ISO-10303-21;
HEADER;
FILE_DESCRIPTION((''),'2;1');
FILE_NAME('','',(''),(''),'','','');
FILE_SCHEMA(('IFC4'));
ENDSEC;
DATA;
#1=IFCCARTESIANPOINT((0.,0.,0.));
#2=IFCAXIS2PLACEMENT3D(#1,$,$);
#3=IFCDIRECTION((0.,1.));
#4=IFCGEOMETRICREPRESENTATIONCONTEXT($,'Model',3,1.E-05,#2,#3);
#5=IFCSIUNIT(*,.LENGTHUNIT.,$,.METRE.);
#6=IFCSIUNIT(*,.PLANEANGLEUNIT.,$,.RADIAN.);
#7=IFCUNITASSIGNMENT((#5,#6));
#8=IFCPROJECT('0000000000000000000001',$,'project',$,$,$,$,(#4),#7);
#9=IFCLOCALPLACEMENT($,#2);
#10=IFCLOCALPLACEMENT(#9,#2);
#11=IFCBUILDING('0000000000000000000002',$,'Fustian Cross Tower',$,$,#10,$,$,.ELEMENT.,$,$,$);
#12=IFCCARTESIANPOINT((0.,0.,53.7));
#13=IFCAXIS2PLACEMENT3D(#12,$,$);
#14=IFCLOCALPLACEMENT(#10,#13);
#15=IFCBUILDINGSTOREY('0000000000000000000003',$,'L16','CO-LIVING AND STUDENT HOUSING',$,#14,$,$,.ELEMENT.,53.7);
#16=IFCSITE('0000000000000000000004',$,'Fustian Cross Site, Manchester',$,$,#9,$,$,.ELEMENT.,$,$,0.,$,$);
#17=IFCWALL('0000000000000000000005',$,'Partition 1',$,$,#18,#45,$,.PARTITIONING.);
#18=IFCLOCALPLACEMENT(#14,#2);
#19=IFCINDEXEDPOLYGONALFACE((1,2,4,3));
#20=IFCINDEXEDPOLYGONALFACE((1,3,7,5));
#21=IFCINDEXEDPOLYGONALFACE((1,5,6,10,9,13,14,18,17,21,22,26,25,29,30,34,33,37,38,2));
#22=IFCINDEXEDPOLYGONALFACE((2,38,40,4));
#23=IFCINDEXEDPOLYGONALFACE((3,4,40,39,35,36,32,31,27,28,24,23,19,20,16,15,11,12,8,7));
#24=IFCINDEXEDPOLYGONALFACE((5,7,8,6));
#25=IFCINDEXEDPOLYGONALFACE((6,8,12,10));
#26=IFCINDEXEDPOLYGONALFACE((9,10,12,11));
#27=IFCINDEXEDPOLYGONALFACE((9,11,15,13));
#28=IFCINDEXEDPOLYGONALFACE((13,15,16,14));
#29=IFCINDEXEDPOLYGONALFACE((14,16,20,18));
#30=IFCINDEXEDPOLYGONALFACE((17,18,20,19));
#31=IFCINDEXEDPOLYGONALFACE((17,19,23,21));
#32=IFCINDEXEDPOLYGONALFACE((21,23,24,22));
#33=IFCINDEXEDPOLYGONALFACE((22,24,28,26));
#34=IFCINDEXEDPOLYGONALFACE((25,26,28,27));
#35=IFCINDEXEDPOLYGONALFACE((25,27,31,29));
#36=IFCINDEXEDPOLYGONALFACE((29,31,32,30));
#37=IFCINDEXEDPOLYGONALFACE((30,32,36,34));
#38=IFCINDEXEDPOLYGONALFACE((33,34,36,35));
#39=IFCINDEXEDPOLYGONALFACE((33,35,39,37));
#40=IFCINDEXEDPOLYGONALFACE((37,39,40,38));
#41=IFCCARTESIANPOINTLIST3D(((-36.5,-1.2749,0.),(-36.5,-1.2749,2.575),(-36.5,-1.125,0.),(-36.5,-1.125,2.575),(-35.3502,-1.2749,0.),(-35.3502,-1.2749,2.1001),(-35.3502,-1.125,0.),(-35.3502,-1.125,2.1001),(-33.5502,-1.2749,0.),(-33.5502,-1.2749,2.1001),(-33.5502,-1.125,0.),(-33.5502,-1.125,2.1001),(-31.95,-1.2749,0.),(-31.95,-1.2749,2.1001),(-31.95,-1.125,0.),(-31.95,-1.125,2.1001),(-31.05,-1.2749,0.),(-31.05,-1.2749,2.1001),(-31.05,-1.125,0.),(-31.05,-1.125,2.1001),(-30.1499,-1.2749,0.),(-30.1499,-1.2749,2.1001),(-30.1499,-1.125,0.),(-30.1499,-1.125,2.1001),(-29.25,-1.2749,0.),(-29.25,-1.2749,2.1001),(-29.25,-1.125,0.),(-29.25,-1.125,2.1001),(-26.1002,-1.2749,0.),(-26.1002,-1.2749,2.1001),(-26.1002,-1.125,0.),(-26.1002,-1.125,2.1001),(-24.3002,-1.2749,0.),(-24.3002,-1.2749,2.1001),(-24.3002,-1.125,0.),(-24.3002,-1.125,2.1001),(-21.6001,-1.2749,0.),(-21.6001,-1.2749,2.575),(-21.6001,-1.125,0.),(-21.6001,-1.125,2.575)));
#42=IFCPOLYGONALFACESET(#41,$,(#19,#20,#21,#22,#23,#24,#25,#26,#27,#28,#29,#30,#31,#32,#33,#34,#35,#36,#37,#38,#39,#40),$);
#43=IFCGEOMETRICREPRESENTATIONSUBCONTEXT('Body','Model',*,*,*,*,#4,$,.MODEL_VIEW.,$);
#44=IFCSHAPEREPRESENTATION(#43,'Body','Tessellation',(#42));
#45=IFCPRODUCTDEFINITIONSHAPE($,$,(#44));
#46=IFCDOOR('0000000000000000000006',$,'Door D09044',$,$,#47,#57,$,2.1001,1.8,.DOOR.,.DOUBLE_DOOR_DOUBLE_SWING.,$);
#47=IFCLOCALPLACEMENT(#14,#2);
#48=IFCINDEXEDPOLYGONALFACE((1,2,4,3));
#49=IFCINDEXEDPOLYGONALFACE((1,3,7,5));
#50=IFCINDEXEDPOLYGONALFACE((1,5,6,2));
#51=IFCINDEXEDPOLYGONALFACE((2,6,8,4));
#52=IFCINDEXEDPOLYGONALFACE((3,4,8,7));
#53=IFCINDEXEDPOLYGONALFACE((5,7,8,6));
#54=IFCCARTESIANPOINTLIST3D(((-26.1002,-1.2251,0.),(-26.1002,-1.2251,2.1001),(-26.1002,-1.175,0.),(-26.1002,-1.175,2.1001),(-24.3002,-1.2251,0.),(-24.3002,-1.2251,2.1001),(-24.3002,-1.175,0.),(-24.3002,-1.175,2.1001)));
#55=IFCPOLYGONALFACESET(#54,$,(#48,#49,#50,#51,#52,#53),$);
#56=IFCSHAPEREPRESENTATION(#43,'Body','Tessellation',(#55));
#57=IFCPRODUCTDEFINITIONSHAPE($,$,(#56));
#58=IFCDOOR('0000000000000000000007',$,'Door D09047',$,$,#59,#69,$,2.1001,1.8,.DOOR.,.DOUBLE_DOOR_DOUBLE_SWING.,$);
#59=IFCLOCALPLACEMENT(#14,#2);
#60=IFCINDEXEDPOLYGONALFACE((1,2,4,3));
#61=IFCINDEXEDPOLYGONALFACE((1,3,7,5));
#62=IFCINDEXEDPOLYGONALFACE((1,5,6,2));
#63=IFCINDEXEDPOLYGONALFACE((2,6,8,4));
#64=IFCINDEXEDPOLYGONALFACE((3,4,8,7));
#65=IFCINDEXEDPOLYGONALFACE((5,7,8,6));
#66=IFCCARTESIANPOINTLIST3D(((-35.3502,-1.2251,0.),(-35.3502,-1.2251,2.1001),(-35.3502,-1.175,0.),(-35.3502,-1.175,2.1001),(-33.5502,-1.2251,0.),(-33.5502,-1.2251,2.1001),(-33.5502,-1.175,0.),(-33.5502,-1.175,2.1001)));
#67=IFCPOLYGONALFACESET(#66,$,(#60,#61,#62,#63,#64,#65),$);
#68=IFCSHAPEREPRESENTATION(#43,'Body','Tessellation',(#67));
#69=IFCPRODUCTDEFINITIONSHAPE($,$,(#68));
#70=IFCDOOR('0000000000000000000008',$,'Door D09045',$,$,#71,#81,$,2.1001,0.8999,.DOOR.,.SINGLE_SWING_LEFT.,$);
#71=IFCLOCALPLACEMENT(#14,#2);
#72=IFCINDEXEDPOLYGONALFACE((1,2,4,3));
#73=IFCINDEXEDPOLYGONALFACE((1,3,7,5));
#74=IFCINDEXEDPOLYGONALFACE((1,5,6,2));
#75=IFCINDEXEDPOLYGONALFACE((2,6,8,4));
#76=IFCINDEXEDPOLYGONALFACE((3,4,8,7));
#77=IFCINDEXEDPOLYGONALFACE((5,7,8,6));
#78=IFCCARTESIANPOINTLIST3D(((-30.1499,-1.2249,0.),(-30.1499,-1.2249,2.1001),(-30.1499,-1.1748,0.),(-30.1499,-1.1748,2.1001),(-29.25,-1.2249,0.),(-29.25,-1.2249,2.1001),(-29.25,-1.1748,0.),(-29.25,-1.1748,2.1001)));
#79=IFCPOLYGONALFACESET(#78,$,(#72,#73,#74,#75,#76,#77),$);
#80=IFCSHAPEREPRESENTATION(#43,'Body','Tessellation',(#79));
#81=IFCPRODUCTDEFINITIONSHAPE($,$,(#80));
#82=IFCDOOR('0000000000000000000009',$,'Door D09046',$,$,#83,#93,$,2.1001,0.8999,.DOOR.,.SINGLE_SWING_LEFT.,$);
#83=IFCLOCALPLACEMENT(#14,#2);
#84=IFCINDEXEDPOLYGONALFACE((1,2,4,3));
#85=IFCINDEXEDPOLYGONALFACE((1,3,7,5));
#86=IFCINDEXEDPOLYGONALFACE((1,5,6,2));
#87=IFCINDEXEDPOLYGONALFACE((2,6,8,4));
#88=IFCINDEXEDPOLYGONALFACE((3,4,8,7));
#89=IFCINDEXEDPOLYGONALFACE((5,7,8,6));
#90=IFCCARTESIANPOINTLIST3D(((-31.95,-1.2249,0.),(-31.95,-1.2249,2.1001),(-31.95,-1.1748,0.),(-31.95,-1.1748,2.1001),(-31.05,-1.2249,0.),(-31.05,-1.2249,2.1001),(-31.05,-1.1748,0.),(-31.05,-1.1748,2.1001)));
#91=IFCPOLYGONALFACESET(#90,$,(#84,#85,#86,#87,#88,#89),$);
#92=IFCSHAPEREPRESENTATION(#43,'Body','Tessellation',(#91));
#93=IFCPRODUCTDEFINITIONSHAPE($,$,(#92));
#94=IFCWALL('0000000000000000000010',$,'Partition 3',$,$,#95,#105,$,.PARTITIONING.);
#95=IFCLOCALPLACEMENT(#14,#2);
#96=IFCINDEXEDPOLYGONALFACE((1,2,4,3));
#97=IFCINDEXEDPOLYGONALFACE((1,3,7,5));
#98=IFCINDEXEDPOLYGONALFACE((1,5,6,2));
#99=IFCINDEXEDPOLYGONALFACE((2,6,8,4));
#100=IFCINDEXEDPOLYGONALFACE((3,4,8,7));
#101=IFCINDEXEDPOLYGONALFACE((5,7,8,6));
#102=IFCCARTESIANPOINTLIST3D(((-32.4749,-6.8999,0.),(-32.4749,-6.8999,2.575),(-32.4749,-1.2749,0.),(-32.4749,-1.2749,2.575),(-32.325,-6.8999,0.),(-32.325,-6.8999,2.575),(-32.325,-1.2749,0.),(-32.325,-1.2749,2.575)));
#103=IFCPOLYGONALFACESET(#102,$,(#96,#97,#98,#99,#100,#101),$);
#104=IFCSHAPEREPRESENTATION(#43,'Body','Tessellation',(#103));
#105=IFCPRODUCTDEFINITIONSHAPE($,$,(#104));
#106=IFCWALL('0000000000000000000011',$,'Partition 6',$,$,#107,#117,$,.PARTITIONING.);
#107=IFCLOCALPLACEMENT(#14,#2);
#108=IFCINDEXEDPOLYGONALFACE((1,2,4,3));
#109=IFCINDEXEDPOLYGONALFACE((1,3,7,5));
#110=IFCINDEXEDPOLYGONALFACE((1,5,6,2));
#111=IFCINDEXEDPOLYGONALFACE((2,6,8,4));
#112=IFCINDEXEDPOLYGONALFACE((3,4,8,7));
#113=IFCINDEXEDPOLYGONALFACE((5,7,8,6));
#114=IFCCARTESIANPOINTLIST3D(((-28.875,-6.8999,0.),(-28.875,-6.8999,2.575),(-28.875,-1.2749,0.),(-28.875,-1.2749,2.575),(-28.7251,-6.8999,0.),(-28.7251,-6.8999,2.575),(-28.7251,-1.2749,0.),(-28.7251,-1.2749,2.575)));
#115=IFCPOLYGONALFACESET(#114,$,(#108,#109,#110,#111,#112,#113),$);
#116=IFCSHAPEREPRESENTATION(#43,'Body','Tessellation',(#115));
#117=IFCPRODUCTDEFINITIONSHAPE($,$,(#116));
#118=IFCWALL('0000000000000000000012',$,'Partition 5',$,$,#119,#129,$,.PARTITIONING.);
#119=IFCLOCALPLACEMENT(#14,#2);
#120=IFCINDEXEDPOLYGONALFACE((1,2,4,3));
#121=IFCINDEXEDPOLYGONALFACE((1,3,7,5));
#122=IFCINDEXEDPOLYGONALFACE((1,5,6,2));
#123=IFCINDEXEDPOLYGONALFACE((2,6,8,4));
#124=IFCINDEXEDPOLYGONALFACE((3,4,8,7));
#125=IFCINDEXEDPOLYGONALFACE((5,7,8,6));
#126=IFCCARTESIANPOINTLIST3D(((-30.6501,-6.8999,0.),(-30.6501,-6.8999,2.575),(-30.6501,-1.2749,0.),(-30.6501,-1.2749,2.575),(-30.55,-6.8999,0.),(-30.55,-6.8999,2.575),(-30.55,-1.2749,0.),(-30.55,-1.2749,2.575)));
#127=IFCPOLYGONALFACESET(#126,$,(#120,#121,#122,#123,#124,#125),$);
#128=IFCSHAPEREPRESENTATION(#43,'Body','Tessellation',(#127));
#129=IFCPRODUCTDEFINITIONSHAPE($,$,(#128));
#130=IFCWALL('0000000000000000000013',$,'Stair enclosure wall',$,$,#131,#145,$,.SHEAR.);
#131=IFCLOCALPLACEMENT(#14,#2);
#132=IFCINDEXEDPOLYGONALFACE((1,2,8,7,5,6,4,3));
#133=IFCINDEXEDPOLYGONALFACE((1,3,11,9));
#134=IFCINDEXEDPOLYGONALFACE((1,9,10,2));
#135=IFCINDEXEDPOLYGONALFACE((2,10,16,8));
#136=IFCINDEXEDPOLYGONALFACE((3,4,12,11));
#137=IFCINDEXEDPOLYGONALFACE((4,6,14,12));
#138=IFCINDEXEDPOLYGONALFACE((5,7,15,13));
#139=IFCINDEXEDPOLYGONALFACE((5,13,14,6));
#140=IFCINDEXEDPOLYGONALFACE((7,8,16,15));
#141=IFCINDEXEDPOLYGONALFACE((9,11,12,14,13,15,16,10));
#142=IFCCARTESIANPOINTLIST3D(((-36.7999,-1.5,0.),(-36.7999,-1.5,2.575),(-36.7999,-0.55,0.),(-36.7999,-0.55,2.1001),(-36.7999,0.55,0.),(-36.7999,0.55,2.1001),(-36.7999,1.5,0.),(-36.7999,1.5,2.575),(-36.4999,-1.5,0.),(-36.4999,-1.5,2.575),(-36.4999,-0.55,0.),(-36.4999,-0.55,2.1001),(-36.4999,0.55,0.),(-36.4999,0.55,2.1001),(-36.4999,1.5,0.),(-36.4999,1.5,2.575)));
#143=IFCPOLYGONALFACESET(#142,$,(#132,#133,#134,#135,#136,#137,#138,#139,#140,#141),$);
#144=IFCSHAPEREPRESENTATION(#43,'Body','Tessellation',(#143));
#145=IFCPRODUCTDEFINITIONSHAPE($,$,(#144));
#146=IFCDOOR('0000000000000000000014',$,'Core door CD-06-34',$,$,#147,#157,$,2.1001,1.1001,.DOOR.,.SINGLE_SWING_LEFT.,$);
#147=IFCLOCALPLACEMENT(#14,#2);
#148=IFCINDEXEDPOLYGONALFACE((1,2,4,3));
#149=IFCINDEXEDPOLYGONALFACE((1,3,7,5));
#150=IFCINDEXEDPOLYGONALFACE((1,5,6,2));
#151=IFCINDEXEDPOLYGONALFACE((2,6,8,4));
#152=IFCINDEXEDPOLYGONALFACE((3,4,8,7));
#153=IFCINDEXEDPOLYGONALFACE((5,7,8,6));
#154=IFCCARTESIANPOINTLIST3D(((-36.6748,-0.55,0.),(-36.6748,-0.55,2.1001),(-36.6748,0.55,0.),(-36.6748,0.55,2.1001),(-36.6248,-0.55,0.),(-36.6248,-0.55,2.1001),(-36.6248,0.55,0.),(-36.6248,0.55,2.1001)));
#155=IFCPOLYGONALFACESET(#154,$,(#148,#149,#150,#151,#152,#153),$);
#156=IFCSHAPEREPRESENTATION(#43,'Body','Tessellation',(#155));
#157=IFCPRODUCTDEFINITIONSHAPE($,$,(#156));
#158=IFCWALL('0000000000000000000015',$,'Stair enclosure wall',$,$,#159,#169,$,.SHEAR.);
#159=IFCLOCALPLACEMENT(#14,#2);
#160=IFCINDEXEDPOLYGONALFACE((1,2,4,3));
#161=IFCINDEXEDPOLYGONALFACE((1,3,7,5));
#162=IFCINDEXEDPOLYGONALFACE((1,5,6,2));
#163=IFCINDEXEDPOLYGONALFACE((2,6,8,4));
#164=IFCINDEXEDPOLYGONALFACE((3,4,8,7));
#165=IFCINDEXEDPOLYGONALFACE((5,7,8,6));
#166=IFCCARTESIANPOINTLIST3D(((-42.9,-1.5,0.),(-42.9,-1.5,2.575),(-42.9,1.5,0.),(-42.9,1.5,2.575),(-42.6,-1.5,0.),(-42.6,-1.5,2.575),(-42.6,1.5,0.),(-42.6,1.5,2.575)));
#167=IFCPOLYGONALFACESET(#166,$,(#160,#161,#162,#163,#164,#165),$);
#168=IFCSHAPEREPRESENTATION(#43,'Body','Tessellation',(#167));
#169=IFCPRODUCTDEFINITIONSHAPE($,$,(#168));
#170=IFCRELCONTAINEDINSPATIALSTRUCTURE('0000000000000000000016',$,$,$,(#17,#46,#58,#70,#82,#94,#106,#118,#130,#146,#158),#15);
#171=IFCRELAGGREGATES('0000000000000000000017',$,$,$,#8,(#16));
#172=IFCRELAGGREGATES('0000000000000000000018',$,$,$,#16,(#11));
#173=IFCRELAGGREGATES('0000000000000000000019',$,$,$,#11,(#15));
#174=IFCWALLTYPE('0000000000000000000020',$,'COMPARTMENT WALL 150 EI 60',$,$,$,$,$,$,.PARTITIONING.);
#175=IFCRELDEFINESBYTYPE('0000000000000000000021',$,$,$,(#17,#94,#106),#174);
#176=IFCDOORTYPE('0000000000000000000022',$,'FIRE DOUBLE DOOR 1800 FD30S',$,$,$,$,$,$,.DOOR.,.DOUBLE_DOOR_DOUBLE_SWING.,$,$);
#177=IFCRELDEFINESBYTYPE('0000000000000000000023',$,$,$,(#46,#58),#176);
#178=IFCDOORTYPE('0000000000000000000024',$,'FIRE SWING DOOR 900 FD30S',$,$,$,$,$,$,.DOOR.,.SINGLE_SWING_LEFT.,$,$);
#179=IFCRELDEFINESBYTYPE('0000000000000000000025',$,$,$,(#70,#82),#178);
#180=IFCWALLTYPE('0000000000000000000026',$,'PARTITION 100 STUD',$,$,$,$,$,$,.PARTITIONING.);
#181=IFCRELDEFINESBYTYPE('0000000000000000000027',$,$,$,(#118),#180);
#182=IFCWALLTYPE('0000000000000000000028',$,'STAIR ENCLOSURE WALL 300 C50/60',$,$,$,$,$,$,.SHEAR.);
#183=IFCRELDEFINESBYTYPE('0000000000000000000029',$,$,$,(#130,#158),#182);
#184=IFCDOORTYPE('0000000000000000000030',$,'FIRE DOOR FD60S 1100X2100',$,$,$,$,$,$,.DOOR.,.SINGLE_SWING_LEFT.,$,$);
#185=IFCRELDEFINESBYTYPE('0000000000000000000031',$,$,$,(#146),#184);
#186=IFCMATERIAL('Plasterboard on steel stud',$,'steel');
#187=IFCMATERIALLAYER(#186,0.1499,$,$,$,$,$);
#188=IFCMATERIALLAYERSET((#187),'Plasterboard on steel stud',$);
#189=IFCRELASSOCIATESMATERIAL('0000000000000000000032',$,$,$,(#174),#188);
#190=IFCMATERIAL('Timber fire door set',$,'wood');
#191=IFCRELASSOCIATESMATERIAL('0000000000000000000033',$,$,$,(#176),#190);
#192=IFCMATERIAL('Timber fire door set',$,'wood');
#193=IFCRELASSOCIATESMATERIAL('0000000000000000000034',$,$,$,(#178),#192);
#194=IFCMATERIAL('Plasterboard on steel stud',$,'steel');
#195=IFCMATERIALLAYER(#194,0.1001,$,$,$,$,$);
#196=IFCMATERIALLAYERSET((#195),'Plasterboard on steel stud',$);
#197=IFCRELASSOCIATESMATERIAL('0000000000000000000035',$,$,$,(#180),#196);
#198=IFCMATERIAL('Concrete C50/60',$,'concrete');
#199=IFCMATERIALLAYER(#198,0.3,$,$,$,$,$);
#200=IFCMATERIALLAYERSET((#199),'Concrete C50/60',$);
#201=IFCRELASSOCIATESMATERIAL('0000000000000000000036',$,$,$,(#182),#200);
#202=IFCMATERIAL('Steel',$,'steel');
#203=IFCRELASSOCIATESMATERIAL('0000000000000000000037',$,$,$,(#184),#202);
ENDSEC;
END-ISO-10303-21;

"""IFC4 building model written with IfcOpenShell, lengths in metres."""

from ifc_helpers import new_model, si_unit, direction, frame, frame_2d, origin, place, context, subcontext, project, spatial, rectangle, extrude, material, layer, layer_set, type_object, element, fill, save


model = new_model("IFC4")

# Units and contexts
model_context = context("Model", 3, precision=1e-05, world=origin(), true_north=direction((0.0, 1.0)))
body_context = subcontext(model_context, "Body", "Model", "MODEL_VIEW")
ifc_project = project(units=[si_unit("LENGTHUNIT", "METRE"), si_unit("PLANEANGLEUNIT", "RADIAN")], contexts=[model_context])

# Site, building, storey
site_placement = place(None, origin())
site = spatial("IfcSite", under=ifc_project, at=site_placement, Name="Fustian Cross Site, Manchester", CompositionType="ELEMENT", RefElevation=0.0)
building_placement = place(site_placement, origin())
building = spatial("IfcBuilding", under=site, at=building_placement, Name="Fustian Cross Tower", CompositionType="ELEMENT")
storey_placement = place(building_placement, frame((0.0, 0.0, 53.7)))
storey = spatial("IfcBuildingStorey", under=building, at=storey_placement, Name="L16", Description="CO-LIVING AND STUDENT HOUSING", CompositionType="ELEMENT", Elevation=53.7)

# Wall, openings, doors
ifc_material_1 = material(Name="Plasterboard on steel stud", Category="steel")
ifc_layer_1 = layer(ifc_material_1, 0.1499)
ifc_layer_set_1 = layer_set([ifc_layer_1], Name="Plasterboard on steel stud")
wall_type_1 = type_object("IfcWallType", Name="COMPARTMENT WALL 150 EI 60", PredefinedType="PARTITIONING", material=ifc_layer_set_1)
wall_1_placement = place(storey_placement, frame((-36.5, -1.2, 0.0), z_axis=(0.0, 0.0, 1.0), x_axis=(1.0, 0.0, 0.0)))
wall_1 = element("IfcWall", 1, at=wall_1_placement, inside=storey, type_object=wall_type_1, Name="Partition 1", PredefinedType="PARTITIONING", context=body_context, shape_type="SweptSolid", body=[
    extrude(rectangle(XDim=14.8999, YDim=0.1499, at=frame_2d((7.45, 0.0))), origin(), (0.0, 0.0, 1.0), 2.575),
])
opening_1_placement = place(wall_1_placement, frame((10.3999, 0.0, 0.0)))
opening_1 = element("IfcOpeningElement", 2, at=opening_1_placement, cuts=wall_1, PredefinedType="OPENING", context=body_context, shape_type="SweptSolid", body=[
    extrude(rectangle(XDim=1.8, YDim=2.1001, at=frame_2d((0.8999, 1.05))), frame((0.0, 0.085, 0.0), z_axis=(0.0, -1.0, 0.0), x_axis=(1.0, 0.0, 0.0)), (0.0, 0.0, 1.0), 0.1699),
])
opening_2_placement = place(wall_1_placement, frame((6.3501, 0.0, 0.0)))
opening_2 = element("IfcOpeningElement", 3, at=opening_2_placement, cuts=wall_1, PredefinedType="OPENING", context=body_context, shape_type="SweptSolid", body=[
    extrude(rectangle(XDim=0.8999, YDim=2.1001, at=frame_2d((0.45, 1.05))), frame((0.0, 0.085, 0.0), z_axis=(0.0, -1.0, 0.0), x_axis=(1.0, 0.0, 0.0)), (0.0, 0.0, 1.0), 0.1699),
])
opening_3_placement = place(wall_1_placement, frame((4.55, 0.0, 0.0)))
opening_3 = element("IfcOpeningElement", 4, at=opening_3_placement, cuts=wall_1, PredefinedType="OPENING", context=body_context, shape_type="SweptSolid", body=[
    extrude(rectangle(XDim=0.8999, YDim=2.1001, at=frame_2d((0.45, 1.05))), frame((0.0, 0.085, 0.0), z_axis=(0.0, -1.0, 0.0), x_axis=(1.0, 0.0, 0.0)), (0.0, 0.0, 1.0), 0.1699),
])
opening_4_placement = place(wall_1_placement, frame((1.1499, 0.0, 0.0)))
opening_4 = element("IfcOpeningElement", 5, at=opening_4_placement, cuts=wall_1, PredefinedType="OPENING", context=body_context, shape_type="SweptSolid", body=[
    extrude(rectangle(XDim=1.8, YDim=2.1001, at=frame_2d((0.8999, 1.05))), frame((0.0, 0.085, 0.0), z_axis=(0.0, -1.0, 0.0), x_axis=(1.0, 0.0, 0.0)), (0.0, 0.0, 1.0), 0.1699),
])
ifc_material_2 = material(Name="Timber fire door set", Category="wood")
door_type_1 = type_object("IfcDoorType", Name="FIRE DOUBLE DOOR 1800 FD30S", OperationType="DOUBLE_DOOR_DOUBLE_SWING", PredefinedType="DOOR", material=ifc_material_2)
door_1_placement = place(opening_1_placement, origin())
door_1 = element("IfcDoor", 6, at=door_1_placement, inside=storey, type_object=door_type_1, Name="Door D09044", OperationType="DOUBLE_DOOR_DOUBLE_SWING", OverallHeight=2.1001, OverallWidth=1.8, PredefinedType="DOOR", context=body_context, shape_type="SweptSolid", body=[
    extrude(rectangle(XDim=1.8, YDim=2.1001, at=frame_2d((0.8999, 1.05))), frame((0.0, 0.0249, 0.0), z_axis=(0.0, -1.0, 0.0), x_axis=(1.0, 0.0, 0.0)), (0.0, 0.0, 1.0), 0.05),
])
fill(opening_1, door_1)
door_2_placement = place(opening_4_placement, origin())
door_2 = element("IfcDoor", 7, at=door_2_placement, inside=storey, type_object=door_type_1, Name="Door D09047", OperationType="DOUBLE_DOOR_DOUBLE_SWING", OverallHeight=2.1001, OverallWidth=1.8, PredefinedType="DOOR", context=body_context, shape_type="SweptSolid", body=[
    extrude(rectangle(XDim=1.8, YDim=2.1001, at=frame_2d((0.8999, 1.05))), frame((0.0, 0.0249, 0.0), z_axis=(0.0, -1.0, 0.0), x_axis=(1.0, 0.0, 0.0)), (0.0, 0.0, 1.0), 0.05),
])
fill(opening_4, door_2)
ifc_material_3 = material(Name="Timber fire door set", Category="wood")
door_type_2 = type_object("IfcDoorType", Name="FIRE SWING DOOR 900 FD30S", OperationType="SINGLE_SWING_LEFT", PredefinedType="DOOR", material=ifc_material_3)
door_3_placement = place(opening_2_placement, frame((0.8999, 0.0, 0.0), z_axis=(0.0, 0.0, 1.0), x_axis=(-1.0, 0.0, 0.0)))
door_3 = element("IfcDoor", 8, at=door_3_placement, inside=storey, type_object=door_type_2, Name="Door D09045", OperationType="SINGLE_SWING_LEFT", OverallHeight=2.1001, OverallWidth=0.8999, PredefinedType="DOOR", context=body_context, shape_type="SweptSolid", body=[
    extrude(rectangle(XDim=0.8999, YDim=2.1001, at=frame_2d((0.45, 1.05))), frame((0.0, 0.0249, 0.0), z_axis=(0.0, -1.0, 0.0), x_axis=(1.0, 0.0, 0.0)), (0.0, 0.0, 1.0), 0.05),
])
fill(opening_2, door_3)
door_4_placement = place(opening_3_placement, frame((0.8999, 0.0, 0.0), z_axis=(0.0, 0.0, 1.0), x_axis=(-1.0, 0.0, 0.0)))
door_4 = element("IfcDoor", 9, at=door_4_placement, inside=storey, type_object=door_type_2, Name="Door D09046", OperationType="SINGLE_SWING_LEFT", OverallHeight=2.1001, OverallWidth=0.8999, PredefinedType="DOOR", context=body_context, shape_type="SweptSolid", body=[
    extrude(rectangle(XDim=0.8999, YDim=2.1001, at=frame_2d((0.45, 1.05))), frame((0.0, 0.0249, 0.0), z_axis=(0.0, -1.0, 0.0), x_axis=(1.0, 0.0, 0.0)), (0.0, 0.0, 1.0), 0.05),
])
fill(opening_3, door_4)

# Walls
for number, where, z_axis, x_axis, name in (
    (10, (-32.3999, -6.8999, 0.0), (0.0, 0.0, 1.0), (0.0, 1.0, 0.0), "Partition 3"),
    (11, (-28.8, -6.8999, 0.0), (0.0, 0.0, 1.0), (0.0, 1.0, 0.0), "Partition 6"),
):
    element("IfcWall", number, at=place(storey_placement, frame(where, z_axis=z_axis, x_axis=x_axis)), inside=storey, type_object=wall_type_1, Name=name, PredefinedType="PARTITIONING", context=body_context, shape_type="SweptSolid", body=[
        extrude(rectangle(XDim=5.625, YDim=0.1499, at=frame_2d((2.8125, 0.0))), origin(), (0.0, 0.0, 1.0), 2.575),
    ])
ifc_material_4 = material(Name="Plasterboard on steel stud", Category="steel")
ifc_layer_2 = layer(ifc_material_4, 0.1001)
ifc_layer_set_2 = layer_set([ifc_layer_2], Name="Plasterboard on steel stud")
wall_type_2 = type_object("IfcWallType", Name="PARTITION 100 STUD", PredefinedType="PARTITIONING", material=ifc_layer_set_2)
wall_2_placement = place(storey_placement, frame((-30.6001, -6.8999, 0.0), z_axis=(0.0, 0.0, 1.0), x_axis=(0.0, 1.0, 0.0)))
element("IfcWall", 12, at=wall_2_placement, inside=storey, type_object=wall_type_2, Name="Partition 5", PredefinedType="PARTITIONING", context=body_context, shape_type="SweptSolid", body=[
    extrude(rectangle(XDim=5.625, YDim=0.1001, at=frame_2d((2.8125, 0.0))), origin(), (0.0, 0.0, 1.0), 2.575),
])

# Wall, opening, door
ifc_material_5 = material(Name="Concrete C50/60", Category="concrete")
ifc_layer_3 = layer(ifc_material_5, 0.3)
ifc_layer_set_3 = layer_set([ifc_layer_3], Name="Concrete C50/60")
wall_type_3 = type_object("IfcWallType", Name="STAIR ENCLOSURE WALL 300 C50/60", PredefinedType="SHEAR", material=ifc_layer_set_3)
wall_3_placement = place(storey_placement, frame((-36.6499, -1.5, 0.0), z_axis=(0.0, 0.0, 1.0), x_axis=(0.0, 1.0, 0.0)))
wall_3 = element("IfcWall", 13, at=wall_3_placement, inside=storey, type_object=wall_type_3, Name="Stair enclosure wall", PredefinedType="SHEAR", context=body_context, shape_type="SweptSolid", body=[
    extrude(rectangle(XDim=3.0, YDim=0.3, at=frame_2d((1.5, 0.0))), origin(), (0.0, 0.0, 1.0), 2.575),
])
opening_5_placement = place(wall_3_placement, frame((0.95, 0.0, 0.0)))
opening_5 = element("IfcOpeningElement", 14, at=opening_5_placement, cuts=wall_3, PredefinedType="OPENING", context=body_context, shape_type="SweptSolid", body=[
    extrude(rectangle(XDim=1.1001, YDim=2.1001, at=frame_2d((0.55, 1.05))), frame((0.0, 0.1599, 0.0), z_axis=(0.0, -1.0, 0.0), x_axis=(1.0, 0.0, 0.0)), (0.0, 0.0, 1.0), 0.3201),
])
ifc_material_6 = material(Name="Steel", Category="steel")
door_type_3 = type_object("IfcDoorType", Name="FIRE DOOR FD60S 1100X2100", OperationType="SINGLE_SWING_LEFT", PredefinedType="DOOR", material=ifc_material_6)
door_5_placement = place(opening_5_placement, origin())
door_5 = element("IfcDoor", 15, at=door_5_placement, inside=storey, type_object=door_type_3, Name="Core door CD-06-34", OperationType="SINGLE_SWING_LEFT", OverallHeight=2.1001, OverallWidth=1.1001, PredefinedType="DOOR", context=body_context, shape_type="SweptSolid", body=[
    extrude(rectangle(XDim=1.1001, YDim=2.1001, at=frame_2d((0.55, 1.05))), frame((0.0, 0.0249, 0.0), z_axis=(0.0, -1.0, 0.0), x_axis=(1.0, 0.0, 0.0)), (0.0, 0.0, 1.0), 0.05),
])
fill(opening_5, door_5)

# Wall
wall_4_placement = place(storey_placement, frame((-42.75, -1.5, 0.0), z_axis=(0.0, 0.0, 1.0), x_axis=(0.0, 1.0, 0.0)))
element("IfcWall", 16, at=wall_4_placement, inside=storey, type_object=wall_type_3, Name="Stair enclosure wall", PredefinedType="SHEAR", context=body_context, shape_type="SweptSolid", body=[
    extrude(rectangle(XDim=3.0, YDim=0.3, at=frame_2d((1.5, 0.0))), origin(), (0.0, 0.0, 1.0), 2.575),
])

save(model, "model.ifc")
